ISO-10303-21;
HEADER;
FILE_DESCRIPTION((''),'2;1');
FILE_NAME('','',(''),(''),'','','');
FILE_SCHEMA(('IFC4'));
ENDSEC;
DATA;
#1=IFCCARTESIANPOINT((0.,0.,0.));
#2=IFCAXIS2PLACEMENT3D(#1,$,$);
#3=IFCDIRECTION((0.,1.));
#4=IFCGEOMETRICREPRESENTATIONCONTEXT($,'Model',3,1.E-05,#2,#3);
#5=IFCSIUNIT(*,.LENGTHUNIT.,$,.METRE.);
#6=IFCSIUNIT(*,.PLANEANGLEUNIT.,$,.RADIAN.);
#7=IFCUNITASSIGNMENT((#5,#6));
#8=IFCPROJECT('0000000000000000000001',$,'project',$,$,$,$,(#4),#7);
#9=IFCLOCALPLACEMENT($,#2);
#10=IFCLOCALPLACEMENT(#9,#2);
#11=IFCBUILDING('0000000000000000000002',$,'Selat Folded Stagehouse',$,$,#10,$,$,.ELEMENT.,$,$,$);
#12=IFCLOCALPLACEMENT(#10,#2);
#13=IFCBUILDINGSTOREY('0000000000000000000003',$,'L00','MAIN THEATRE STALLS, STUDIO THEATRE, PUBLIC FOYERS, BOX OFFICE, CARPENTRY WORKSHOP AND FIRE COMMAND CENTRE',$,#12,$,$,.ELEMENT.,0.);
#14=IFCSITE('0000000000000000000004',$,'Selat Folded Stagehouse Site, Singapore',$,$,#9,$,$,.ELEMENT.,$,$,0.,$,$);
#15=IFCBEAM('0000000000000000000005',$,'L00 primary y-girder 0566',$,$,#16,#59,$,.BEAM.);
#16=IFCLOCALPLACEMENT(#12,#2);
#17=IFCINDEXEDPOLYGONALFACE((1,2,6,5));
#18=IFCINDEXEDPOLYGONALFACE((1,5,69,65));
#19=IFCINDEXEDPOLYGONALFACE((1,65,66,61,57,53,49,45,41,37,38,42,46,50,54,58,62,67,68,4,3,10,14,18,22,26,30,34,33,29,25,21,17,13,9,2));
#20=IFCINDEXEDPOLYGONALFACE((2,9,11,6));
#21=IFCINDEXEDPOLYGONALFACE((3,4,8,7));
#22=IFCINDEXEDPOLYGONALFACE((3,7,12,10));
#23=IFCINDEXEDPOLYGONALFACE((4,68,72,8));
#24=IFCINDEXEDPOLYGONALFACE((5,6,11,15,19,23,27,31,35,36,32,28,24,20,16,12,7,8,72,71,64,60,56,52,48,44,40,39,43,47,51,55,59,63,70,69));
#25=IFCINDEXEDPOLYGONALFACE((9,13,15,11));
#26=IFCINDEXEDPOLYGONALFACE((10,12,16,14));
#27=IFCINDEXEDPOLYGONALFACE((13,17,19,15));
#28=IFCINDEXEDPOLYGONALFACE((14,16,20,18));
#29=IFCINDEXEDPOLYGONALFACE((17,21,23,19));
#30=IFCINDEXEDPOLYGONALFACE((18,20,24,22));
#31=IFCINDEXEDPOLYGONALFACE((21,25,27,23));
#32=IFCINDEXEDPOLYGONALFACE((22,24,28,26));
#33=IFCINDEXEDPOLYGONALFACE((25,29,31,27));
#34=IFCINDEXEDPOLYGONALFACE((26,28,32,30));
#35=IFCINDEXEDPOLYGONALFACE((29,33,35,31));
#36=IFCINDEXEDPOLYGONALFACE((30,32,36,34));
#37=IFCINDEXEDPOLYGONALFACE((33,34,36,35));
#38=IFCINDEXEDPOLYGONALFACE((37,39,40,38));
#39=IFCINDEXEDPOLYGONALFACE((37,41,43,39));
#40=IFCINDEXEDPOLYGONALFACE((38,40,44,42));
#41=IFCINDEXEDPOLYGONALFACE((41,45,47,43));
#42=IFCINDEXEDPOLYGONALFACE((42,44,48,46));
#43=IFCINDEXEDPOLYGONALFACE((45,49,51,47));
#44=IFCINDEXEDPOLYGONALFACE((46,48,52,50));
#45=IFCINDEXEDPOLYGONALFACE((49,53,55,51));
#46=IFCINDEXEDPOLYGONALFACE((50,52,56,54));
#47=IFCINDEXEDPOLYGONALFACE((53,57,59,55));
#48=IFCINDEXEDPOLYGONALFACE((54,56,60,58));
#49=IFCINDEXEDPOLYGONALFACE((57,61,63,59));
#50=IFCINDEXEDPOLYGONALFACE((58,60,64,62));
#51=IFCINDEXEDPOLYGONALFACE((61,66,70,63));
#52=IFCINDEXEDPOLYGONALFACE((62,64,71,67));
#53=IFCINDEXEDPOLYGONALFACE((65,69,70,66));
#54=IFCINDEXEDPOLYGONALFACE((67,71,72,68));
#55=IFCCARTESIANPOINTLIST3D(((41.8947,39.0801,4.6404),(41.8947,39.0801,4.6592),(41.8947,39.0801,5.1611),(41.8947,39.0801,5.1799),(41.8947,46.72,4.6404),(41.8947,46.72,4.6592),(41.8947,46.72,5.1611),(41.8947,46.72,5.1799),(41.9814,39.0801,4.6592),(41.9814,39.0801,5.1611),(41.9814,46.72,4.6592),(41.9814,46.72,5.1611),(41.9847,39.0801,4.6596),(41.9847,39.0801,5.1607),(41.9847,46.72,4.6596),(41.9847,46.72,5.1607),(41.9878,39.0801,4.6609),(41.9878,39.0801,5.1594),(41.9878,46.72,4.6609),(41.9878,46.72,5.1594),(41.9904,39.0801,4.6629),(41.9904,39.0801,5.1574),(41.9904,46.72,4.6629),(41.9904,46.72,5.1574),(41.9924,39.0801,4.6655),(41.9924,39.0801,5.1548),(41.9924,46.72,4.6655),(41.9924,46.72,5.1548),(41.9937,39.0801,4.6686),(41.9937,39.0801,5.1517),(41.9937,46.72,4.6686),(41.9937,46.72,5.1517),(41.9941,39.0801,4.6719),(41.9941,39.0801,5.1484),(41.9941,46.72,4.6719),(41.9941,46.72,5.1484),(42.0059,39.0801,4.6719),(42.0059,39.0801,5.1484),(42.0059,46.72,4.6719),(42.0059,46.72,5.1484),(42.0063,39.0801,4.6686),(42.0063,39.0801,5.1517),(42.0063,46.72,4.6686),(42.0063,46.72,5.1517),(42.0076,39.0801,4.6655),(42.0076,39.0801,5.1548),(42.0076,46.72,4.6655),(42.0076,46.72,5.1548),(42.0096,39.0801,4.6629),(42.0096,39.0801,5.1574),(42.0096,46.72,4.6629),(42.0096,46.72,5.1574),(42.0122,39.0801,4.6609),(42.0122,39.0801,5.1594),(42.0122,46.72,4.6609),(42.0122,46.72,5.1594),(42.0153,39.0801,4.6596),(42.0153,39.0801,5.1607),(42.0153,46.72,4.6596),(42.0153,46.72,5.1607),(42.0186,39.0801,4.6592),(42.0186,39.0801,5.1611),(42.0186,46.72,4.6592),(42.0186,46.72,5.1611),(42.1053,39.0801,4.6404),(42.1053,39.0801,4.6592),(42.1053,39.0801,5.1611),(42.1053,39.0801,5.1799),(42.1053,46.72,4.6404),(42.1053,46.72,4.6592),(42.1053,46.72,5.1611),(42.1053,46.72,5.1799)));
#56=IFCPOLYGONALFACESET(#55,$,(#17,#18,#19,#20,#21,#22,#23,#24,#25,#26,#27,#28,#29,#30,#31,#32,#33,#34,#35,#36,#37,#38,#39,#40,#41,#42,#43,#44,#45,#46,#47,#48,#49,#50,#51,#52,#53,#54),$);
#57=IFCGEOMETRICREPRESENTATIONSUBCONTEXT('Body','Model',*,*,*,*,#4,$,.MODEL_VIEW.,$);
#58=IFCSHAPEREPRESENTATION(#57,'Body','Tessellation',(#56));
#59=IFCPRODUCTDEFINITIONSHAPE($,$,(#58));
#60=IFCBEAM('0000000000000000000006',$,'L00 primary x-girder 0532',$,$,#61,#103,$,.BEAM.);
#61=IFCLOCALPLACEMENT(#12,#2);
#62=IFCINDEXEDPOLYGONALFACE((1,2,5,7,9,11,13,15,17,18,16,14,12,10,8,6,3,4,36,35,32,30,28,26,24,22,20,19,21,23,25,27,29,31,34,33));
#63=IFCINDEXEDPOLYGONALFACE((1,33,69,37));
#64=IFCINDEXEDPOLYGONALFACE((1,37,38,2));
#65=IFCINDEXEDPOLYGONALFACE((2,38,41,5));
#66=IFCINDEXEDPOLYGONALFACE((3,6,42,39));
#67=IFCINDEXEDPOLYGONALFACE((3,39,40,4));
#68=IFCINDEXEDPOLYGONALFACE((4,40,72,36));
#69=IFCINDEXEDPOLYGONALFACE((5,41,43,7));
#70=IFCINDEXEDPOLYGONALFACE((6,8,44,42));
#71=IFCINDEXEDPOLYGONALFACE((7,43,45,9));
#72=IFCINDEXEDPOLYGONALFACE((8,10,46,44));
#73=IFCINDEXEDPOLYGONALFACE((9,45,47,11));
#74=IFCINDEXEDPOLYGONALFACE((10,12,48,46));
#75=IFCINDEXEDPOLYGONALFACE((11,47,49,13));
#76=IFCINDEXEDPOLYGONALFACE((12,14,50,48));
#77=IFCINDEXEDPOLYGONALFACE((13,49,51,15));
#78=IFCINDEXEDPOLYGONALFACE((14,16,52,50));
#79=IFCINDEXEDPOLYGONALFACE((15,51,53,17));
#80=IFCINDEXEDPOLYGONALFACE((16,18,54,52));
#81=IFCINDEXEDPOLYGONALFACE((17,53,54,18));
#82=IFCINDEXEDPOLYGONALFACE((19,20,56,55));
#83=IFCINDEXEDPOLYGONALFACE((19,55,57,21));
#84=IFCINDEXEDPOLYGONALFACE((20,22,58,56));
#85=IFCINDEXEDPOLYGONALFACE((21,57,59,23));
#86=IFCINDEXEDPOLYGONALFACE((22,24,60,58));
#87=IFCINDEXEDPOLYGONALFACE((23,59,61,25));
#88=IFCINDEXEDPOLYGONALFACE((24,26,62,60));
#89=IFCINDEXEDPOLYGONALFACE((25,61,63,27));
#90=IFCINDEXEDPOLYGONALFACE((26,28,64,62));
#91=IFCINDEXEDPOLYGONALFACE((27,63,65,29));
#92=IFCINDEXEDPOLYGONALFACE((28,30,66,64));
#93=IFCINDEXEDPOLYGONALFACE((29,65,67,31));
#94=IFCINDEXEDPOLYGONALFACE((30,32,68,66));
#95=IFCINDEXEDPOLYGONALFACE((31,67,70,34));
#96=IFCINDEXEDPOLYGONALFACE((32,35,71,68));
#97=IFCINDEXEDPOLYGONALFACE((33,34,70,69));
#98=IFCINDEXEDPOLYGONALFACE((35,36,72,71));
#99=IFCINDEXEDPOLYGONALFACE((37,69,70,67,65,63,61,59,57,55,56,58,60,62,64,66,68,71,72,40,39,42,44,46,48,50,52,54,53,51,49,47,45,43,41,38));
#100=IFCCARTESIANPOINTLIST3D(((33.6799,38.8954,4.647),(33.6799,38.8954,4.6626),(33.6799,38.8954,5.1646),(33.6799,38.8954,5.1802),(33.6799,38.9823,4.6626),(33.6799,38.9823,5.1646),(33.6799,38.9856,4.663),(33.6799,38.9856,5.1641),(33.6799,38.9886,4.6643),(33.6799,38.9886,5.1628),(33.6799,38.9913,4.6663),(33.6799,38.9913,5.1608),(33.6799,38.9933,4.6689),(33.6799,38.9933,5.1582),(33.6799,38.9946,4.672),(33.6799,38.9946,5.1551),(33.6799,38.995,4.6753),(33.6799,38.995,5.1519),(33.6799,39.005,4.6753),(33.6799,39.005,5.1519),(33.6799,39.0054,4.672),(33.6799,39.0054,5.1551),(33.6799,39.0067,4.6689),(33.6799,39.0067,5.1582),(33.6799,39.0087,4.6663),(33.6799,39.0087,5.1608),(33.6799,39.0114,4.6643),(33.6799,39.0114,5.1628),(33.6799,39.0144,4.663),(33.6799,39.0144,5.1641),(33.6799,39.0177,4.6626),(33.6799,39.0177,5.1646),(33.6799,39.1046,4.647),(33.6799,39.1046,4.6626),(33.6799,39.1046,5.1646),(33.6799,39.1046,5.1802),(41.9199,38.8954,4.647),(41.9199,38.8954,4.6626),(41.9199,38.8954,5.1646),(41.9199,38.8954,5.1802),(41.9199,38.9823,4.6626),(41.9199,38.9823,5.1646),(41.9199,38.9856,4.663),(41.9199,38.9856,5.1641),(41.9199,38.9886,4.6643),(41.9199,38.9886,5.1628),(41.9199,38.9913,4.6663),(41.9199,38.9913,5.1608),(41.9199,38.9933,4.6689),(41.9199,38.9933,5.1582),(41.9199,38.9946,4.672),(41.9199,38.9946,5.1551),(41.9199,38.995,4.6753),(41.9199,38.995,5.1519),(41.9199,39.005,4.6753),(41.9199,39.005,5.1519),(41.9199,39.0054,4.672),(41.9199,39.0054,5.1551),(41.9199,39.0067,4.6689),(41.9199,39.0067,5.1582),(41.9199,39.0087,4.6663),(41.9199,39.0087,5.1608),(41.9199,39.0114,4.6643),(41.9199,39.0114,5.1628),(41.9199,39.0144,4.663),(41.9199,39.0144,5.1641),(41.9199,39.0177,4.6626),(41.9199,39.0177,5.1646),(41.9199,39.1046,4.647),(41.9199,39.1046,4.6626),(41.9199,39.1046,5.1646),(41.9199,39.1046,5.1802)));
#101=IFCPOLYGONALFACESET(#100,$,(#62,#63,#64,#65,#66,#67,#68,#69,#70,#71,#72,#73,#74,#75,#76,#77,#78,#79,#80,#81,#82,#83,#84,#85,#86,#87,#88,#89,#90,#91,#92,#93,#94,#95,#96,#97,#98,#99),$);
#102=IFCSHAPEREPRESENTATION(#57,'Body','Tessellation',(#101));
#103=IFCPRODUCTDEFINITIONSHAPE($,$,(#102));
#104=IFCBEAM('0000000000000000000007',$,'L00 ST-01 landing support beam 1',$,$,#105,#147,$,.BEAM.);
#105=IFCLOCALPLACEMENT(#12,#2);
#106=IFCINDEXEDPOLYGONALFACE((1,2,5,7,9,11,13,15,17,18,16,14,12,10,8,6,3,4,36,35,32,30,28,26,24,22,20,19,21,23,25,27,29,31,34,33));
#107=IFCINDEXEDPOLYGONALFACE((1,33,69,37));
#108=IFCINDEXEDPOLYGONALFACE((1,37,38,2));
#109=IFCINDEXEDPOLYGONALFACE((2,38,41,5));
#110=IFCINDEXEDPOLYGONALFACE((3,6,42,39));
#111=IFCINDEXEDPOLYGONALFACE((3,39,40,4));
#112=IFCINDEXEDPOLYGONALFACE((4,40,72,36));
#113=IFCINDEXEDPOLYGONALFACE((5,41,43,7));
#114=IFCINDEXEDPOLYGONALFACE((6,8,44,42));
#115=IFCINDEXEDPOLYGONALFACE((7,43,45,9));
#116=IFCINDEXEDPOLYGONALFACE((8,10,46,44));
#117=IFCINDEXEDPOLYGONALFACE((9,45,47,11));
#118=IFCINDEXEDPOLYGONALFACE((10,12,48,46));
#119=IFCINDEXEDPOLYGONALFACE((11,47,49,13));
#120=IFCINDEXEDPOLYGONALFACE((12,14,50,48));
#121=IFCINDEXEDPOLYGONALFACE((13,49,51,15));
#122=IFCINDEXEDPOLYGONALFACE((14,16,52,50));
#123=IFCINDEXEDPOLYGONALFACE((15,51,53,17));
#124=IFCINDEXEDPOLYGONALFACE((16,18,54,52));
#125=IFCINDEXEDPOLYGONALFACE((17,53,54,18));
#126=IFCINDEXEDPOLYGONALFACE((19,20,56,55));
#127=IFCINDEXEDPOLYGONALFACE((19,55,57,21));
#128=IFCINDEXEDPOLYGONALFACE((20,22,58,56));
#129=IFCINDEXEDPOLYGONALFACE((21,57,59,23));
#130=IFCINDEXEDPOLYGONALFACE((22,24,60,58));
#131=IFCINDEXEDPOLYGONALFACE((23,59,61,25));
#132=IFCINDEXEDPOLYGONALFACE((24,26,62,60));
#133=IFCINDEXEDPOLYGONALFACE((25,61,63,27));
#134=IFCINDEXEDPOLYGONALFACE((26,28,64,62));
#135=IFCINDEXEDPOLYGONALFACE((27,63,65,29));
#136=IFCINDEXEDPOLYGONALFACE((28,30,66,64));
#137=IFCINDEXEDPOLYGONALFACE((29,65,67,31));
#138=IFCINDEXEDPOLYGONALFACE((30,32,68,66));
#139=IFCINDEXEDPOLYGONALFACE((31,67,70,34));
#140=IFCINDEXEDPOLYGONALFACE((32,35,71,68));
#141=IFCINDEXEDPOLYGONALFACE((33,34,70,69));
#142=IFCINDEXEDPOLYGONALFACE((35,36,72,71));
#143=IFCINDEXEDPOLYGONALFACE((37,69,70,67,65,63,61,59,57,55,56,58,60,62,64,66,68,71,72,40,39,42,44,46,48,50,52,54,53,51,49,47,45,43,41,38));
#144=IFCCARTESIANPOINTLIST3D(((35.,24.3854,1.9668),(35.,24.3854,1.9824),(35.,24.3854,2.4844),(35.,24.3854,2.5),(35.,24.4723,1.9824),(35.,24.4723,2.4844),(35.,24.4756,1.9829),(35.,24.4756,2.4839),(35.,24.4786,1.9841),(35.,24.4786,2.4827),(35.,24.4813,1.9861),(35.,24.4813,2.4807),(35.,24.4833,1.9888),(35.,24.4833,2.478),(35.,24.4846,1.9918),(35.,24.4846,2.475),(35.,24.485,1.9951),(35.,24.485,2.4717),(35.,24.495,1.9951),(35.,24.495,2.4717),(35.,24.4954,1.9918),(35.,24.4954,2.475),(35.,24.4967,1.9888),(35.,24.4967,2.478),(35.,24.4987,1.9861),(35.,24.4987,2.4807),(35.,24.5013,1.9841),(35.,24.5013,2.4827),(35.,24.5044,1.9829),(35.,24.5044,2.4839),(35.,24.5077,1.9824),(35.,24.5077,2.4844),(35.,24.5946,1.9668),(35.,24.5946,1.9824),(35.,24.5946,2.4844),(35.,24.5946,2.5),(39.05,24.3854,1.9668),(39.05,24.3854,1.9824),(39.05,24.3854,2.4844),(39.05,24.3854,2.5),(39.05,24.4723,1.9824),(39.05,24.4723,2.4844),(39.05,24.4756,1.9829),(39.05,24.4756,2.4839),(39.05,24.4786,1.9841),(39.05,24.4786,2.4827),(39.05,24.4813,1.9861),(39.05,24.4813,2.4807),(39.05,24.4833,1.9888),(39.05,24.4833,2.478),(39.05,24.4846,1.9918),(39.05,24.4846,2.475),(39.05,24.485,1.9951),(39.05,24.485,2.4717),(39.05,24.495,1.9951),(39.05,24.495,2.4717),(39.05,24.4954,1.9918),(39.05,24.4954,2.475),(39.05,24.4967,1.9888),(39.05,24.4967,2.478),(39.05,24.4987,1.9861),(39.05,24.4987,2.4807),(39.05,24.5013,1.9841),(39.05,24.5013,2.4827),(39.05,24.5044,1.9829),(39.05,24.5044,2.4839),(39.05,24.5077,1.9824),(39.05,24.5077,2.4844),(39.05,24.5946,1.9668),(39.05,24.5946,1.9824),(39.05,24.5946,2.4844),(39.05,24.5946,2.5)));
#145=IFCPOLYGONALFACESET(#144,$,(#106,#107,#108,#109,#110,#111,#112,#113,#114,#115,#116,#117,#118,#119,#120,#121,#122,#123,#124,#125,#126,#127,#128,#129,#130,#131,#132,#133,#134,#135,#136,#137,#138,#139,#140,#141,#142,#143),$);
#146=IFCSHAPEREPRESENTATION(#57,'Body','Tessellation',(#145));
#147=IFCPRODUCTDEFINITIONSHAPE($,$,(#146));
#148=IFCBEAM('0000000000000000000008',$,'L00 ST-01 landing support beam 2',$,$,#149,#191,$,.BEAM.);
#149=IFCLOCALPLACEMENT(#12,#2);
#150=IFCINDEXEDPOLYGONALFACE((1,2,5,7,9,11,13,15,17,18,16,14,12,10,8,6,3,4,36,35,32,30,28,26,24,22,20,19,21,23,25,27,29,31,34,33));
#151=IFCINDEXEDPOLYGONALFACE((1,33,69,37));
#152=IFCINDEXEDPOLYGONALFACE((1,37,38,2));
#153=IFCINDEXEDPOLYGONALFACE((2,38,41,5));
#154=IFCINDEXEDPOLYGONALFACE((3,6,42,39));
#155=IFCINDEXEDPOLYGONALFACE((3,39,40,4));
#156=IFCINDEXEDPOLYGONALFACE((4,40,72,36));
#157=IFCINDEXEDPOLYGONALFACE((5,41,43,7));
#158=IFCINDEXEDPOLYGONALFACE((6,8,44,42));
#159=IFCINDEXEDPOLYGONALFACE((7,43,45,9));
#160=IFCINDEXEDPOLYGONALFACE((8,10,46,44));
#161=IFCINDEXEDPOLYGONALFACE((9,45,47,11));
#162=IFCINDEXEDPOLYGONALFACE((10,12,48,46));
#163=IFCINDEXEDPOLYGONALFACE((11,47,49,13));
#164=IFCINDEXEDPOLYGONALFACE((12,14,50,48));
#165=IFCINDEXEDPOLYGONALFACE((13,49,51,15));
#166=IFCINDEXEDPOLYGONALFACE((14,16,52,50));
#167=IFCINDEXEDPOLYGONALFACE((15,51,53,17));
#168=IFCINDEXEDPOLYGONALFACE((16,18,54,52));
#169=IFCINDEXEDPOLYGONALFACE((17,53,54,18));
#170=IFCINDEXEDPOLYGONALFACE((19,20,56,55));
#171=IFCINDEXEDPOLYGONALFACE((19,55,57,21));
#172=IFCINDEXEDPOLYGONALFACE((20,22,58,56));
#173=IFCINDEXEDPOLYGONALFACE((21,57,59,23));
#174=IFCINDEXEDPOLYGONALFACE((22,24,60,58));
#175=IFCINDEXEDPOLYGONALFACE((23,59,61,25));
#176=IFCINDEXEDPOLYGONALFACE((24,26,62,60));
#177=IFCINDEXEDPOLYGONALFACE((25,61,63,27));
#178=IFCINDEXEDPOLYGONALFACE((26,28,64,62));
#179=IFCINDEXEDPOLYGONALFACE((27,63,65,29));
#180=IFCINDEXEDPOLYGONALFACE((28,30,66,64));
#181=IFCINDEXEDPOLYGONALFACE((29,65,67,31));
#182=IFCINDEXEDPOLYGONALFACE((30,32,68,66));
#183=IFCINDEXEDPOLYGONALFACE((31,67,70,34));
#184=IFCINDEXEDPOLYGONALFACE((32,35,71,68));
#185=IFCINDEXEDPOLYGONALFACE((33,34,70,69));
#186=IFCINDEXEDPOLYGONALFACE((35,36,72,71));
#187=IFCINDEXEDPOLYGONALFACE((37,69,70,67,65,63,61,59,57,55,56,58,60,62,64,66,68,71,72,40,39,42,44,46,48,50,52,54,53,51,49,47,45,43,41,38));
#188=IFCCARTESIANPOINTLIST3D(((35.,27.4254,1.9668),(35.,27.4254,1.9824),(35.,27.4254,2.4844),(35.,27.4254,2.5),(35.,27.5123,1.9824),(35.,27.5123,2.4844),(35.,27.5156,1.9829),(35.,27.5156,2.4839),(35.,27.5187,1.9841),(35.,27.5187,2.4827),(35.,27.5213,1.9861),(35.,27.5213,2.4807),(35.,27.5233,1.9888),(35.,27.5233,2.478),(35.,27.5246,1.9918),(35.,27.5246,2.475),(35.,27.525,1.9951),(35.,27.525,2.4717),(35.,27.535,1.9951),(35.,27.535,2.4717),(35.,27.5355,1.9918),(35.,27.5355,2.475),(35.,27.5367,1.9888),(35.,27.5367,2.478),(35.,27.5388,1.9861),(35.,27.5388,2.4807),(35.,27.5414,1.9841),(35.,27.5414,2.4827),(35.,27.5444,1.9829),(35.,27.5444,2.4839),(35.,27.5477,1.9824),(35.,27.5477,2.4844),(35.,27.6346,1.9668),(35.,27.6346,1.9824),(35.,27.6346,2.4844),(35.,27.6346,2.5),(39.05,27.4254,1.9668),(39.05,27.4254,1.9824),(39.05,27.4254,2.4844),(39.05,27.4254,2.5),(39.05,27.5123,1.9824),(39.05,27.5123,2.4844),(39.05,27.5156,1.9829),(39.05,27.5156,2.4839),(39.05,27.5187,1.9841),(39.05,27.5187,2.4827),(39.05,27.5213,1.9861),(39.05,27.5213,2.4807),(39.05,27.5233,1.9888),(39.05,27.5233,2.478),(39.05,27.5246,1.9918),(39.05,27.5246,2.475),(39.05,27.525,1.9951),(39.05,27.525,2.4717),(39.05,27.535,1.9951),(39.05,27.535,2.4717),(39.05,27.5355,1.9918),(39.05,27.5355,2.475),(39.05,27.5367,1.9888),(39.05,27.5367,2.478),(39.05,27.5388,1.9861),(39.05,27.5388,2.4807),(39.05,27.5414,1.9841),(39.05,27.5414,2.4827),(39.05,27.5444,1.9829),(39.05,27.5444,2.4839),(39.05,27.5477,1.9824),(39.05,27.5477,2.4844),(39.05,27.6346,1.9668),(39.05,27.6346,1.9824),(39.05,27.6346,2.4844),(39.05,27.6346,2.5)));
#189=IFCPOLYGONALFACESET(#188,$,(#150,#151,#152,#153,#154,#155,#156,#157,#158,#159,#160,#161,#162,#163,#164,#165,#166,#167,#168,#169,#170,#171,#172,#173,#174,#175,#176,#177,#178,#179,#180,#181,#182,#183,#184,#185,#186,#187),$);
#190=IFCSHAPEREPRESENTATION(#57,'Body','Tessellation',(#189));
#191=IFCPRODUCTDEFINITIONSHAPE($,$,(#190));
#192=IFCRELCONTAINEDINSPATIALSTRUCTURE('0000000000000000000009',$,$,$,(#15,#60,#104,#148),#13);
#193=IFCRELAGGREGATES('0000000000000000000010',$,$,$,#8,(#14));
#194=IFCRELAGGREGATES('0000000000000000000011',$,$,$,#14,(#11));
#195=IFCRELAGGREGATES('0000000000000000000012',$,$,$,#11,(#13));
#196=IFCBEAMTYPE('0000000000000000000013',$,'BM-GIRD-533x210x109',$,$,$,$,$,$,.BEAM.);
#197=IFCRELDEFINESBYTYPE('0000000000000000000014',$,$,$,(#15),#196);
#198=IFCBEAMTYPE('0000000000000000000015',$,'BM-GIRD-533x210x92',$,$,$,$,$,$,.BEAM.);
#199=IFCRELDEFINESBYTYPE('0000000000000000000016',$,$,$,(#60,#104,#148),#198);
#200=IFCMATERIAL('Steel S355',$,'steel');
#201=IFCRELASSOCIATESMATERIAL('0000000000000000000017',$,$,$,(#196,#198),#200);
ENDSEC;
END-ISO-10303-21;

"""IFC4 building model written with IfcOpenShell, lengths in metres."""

from ifc_helpers import new_model, si_unit, direction, frame, origin, origin_2d, place, context, subcontext, project, spatial, i_section, extrude, material, material_profile, profile_set, type_object, element, save


model = new_model("IFC4")

# Units and contexts
model_context = context("Model", 3, precision=1e-05, world=origin(), true_north=direction((0.0, 1.0)))
body_context = subcontext(model_context, "Body", "Model", "MODEL_VIEW")
ifc_project = project(units=[si_unit("LENGTHUNIT", "METRE"), si_unit("PLANEANGLEUNIT", "RADIAN")], contexts=[model_context])

# Site, building, storey
site_placement = place(None, origin())
site = spatial("IfcSite", under=ifc_project, at=site_placement, Name="Selat Folded Stagehouse Site, Singapore", CompositionType="ELEMENT", RefElevation=0.0)
building_placement = place(site_placement, origin())
building = spatial("IfcBuilding", under=site, at=building_placement, Name="Selat Folded Stagehouse", CompositionType="ELEMENT")
storey_placement = place(building_placement, origin())
storey = spatial("IfcBuildingStorey", under=building, at=storey_placement, Name="L00", Description="MAIN THEATRE STALLS, STUDIO THEATRE, PUBLIC FOYERS, BOX OFFICE, CARPENTRY WORKSHOP AND FIRE COMMAND CENTRE", CompositionType="ELEMENT", Elevation=0.0)

# Shared definitions
ifc_material_1 = material(Name="Steel S355", Category="steel")

# Beams
ifc_material_profile_1 = material_profile(ifc_material_1, i_section(OverallWidth=0.2107, OverallDepth=0.5396, WebThickness=0.0117, FlangeThickness=0.0188, FilletRadius=0.0127, at=origin_2d()), Name="UKB 533x210x109")
ifc_profile_set_1 = profile_set([ifc_material_profile_1], Name="Steel S355")
beam_type_1 = type_object("IfcBeamType", Name="BM-GIRD-533x210x109", PredefinedType="BEAM", material=ifc_profile_set_1)
for number, where, z_axis, x_axis, name in (
    (1, (42.0, 39.0801, 4.9102), (0.0, 1.0, 0.0), (-1.0, 0.0, 0.0), "L00 primary y-girder 0566"),
):
    element("IfcBeam", number, at=place(storey_placement, frame(where, z_axis=z_axis, x_axis=x_axis)), inside=storey, type_object=beam_type_1, Name=name, PredefinedType="BEAM", context=body_context, shape_type="SweptSolid", body=[
        extrude(i_section(OverallWidth=0.2107, OverallDepth=0.5396, WebThickness=0.0117, FlangeThickness=0.0188, FilletRadius=0.0127, at=origin_2d()), origin(), (0.0, 0.0, 1.0), 7.6399),
    ])
ifc_material_profile_2 = material_profile(ifc_material_1, i_section(OverallWidth=0.2092, OverallDepth=0.5332, WebThickness=0.01, FlangeThickness=0.0156, FilletRadius=0.0127, at=origin_2d()), Name="UKB 533x210x92")
ifc_profile_set_2 = profile_set([ifc_material_profile_2], Name="Steel S355")
beam_type_2 = type_object("IfcBeamType", Name="BM-GIRD-533x210x92", PredefinedType="BEAM", material=ifc_profile_set_2)
beam_1_placement = place(storey_placement, frame((33.6799, 39.0, 4.9136), z_axis=(1.0, 0.0, 0.0), x_axis=(0.0, 1.0, 0.0)))
element("IfcBeam", 2, at=beam_1_placement, inside=storey, type_object=beam_type_2, Name="L00 primary x-girder 0532", PredefinedType="BEAM", context=body_context, shape_type="SweptSolid", body=[
    extrude(i_section(OverallWidth=0.2092, OverallDepth=0.5332, WebThickness=0.01, FlangeThickness=0.0156, FilletRadius=0.0127, at=origin_2d()), origin(), (0.0, 0.0, 1.0), 8.24),
])
for number, where, z_axis, x_axis, name in (
    (3, (35.0, 24.49, 2.2334), (1.0, 0.0, 0.0), (0.0, 1.0, 0.0), "L00 ST-01 landing support beam 1"),
    (4, (35.0, 27.53, 2.2334), (1.0, 0.0, 0.0), (0.0, 1.0, 0.0), "L00 ST-01 landing support beam 2"),
):
    element("IfcBeam", number, at=place(storey_placement, frame(where, z_axis=z_axis, x_axis=x_axis)), inside=storey, type_object=beam_type_2, Name=name, PredefinedType="BEAM", context=body_context, shape_type="SweptSolid", body=[
        extrude(i_section(OverallWidth=0.2092, OverallDepth=0.5332, WebThickness=0.01, FlangeThickness=0.0156, FilletRadius=0.0127, at=origin_2d()), origin(), (0.0, 0.0, 1.0), 4.05),
    ])

save(model, "model.ifc")
